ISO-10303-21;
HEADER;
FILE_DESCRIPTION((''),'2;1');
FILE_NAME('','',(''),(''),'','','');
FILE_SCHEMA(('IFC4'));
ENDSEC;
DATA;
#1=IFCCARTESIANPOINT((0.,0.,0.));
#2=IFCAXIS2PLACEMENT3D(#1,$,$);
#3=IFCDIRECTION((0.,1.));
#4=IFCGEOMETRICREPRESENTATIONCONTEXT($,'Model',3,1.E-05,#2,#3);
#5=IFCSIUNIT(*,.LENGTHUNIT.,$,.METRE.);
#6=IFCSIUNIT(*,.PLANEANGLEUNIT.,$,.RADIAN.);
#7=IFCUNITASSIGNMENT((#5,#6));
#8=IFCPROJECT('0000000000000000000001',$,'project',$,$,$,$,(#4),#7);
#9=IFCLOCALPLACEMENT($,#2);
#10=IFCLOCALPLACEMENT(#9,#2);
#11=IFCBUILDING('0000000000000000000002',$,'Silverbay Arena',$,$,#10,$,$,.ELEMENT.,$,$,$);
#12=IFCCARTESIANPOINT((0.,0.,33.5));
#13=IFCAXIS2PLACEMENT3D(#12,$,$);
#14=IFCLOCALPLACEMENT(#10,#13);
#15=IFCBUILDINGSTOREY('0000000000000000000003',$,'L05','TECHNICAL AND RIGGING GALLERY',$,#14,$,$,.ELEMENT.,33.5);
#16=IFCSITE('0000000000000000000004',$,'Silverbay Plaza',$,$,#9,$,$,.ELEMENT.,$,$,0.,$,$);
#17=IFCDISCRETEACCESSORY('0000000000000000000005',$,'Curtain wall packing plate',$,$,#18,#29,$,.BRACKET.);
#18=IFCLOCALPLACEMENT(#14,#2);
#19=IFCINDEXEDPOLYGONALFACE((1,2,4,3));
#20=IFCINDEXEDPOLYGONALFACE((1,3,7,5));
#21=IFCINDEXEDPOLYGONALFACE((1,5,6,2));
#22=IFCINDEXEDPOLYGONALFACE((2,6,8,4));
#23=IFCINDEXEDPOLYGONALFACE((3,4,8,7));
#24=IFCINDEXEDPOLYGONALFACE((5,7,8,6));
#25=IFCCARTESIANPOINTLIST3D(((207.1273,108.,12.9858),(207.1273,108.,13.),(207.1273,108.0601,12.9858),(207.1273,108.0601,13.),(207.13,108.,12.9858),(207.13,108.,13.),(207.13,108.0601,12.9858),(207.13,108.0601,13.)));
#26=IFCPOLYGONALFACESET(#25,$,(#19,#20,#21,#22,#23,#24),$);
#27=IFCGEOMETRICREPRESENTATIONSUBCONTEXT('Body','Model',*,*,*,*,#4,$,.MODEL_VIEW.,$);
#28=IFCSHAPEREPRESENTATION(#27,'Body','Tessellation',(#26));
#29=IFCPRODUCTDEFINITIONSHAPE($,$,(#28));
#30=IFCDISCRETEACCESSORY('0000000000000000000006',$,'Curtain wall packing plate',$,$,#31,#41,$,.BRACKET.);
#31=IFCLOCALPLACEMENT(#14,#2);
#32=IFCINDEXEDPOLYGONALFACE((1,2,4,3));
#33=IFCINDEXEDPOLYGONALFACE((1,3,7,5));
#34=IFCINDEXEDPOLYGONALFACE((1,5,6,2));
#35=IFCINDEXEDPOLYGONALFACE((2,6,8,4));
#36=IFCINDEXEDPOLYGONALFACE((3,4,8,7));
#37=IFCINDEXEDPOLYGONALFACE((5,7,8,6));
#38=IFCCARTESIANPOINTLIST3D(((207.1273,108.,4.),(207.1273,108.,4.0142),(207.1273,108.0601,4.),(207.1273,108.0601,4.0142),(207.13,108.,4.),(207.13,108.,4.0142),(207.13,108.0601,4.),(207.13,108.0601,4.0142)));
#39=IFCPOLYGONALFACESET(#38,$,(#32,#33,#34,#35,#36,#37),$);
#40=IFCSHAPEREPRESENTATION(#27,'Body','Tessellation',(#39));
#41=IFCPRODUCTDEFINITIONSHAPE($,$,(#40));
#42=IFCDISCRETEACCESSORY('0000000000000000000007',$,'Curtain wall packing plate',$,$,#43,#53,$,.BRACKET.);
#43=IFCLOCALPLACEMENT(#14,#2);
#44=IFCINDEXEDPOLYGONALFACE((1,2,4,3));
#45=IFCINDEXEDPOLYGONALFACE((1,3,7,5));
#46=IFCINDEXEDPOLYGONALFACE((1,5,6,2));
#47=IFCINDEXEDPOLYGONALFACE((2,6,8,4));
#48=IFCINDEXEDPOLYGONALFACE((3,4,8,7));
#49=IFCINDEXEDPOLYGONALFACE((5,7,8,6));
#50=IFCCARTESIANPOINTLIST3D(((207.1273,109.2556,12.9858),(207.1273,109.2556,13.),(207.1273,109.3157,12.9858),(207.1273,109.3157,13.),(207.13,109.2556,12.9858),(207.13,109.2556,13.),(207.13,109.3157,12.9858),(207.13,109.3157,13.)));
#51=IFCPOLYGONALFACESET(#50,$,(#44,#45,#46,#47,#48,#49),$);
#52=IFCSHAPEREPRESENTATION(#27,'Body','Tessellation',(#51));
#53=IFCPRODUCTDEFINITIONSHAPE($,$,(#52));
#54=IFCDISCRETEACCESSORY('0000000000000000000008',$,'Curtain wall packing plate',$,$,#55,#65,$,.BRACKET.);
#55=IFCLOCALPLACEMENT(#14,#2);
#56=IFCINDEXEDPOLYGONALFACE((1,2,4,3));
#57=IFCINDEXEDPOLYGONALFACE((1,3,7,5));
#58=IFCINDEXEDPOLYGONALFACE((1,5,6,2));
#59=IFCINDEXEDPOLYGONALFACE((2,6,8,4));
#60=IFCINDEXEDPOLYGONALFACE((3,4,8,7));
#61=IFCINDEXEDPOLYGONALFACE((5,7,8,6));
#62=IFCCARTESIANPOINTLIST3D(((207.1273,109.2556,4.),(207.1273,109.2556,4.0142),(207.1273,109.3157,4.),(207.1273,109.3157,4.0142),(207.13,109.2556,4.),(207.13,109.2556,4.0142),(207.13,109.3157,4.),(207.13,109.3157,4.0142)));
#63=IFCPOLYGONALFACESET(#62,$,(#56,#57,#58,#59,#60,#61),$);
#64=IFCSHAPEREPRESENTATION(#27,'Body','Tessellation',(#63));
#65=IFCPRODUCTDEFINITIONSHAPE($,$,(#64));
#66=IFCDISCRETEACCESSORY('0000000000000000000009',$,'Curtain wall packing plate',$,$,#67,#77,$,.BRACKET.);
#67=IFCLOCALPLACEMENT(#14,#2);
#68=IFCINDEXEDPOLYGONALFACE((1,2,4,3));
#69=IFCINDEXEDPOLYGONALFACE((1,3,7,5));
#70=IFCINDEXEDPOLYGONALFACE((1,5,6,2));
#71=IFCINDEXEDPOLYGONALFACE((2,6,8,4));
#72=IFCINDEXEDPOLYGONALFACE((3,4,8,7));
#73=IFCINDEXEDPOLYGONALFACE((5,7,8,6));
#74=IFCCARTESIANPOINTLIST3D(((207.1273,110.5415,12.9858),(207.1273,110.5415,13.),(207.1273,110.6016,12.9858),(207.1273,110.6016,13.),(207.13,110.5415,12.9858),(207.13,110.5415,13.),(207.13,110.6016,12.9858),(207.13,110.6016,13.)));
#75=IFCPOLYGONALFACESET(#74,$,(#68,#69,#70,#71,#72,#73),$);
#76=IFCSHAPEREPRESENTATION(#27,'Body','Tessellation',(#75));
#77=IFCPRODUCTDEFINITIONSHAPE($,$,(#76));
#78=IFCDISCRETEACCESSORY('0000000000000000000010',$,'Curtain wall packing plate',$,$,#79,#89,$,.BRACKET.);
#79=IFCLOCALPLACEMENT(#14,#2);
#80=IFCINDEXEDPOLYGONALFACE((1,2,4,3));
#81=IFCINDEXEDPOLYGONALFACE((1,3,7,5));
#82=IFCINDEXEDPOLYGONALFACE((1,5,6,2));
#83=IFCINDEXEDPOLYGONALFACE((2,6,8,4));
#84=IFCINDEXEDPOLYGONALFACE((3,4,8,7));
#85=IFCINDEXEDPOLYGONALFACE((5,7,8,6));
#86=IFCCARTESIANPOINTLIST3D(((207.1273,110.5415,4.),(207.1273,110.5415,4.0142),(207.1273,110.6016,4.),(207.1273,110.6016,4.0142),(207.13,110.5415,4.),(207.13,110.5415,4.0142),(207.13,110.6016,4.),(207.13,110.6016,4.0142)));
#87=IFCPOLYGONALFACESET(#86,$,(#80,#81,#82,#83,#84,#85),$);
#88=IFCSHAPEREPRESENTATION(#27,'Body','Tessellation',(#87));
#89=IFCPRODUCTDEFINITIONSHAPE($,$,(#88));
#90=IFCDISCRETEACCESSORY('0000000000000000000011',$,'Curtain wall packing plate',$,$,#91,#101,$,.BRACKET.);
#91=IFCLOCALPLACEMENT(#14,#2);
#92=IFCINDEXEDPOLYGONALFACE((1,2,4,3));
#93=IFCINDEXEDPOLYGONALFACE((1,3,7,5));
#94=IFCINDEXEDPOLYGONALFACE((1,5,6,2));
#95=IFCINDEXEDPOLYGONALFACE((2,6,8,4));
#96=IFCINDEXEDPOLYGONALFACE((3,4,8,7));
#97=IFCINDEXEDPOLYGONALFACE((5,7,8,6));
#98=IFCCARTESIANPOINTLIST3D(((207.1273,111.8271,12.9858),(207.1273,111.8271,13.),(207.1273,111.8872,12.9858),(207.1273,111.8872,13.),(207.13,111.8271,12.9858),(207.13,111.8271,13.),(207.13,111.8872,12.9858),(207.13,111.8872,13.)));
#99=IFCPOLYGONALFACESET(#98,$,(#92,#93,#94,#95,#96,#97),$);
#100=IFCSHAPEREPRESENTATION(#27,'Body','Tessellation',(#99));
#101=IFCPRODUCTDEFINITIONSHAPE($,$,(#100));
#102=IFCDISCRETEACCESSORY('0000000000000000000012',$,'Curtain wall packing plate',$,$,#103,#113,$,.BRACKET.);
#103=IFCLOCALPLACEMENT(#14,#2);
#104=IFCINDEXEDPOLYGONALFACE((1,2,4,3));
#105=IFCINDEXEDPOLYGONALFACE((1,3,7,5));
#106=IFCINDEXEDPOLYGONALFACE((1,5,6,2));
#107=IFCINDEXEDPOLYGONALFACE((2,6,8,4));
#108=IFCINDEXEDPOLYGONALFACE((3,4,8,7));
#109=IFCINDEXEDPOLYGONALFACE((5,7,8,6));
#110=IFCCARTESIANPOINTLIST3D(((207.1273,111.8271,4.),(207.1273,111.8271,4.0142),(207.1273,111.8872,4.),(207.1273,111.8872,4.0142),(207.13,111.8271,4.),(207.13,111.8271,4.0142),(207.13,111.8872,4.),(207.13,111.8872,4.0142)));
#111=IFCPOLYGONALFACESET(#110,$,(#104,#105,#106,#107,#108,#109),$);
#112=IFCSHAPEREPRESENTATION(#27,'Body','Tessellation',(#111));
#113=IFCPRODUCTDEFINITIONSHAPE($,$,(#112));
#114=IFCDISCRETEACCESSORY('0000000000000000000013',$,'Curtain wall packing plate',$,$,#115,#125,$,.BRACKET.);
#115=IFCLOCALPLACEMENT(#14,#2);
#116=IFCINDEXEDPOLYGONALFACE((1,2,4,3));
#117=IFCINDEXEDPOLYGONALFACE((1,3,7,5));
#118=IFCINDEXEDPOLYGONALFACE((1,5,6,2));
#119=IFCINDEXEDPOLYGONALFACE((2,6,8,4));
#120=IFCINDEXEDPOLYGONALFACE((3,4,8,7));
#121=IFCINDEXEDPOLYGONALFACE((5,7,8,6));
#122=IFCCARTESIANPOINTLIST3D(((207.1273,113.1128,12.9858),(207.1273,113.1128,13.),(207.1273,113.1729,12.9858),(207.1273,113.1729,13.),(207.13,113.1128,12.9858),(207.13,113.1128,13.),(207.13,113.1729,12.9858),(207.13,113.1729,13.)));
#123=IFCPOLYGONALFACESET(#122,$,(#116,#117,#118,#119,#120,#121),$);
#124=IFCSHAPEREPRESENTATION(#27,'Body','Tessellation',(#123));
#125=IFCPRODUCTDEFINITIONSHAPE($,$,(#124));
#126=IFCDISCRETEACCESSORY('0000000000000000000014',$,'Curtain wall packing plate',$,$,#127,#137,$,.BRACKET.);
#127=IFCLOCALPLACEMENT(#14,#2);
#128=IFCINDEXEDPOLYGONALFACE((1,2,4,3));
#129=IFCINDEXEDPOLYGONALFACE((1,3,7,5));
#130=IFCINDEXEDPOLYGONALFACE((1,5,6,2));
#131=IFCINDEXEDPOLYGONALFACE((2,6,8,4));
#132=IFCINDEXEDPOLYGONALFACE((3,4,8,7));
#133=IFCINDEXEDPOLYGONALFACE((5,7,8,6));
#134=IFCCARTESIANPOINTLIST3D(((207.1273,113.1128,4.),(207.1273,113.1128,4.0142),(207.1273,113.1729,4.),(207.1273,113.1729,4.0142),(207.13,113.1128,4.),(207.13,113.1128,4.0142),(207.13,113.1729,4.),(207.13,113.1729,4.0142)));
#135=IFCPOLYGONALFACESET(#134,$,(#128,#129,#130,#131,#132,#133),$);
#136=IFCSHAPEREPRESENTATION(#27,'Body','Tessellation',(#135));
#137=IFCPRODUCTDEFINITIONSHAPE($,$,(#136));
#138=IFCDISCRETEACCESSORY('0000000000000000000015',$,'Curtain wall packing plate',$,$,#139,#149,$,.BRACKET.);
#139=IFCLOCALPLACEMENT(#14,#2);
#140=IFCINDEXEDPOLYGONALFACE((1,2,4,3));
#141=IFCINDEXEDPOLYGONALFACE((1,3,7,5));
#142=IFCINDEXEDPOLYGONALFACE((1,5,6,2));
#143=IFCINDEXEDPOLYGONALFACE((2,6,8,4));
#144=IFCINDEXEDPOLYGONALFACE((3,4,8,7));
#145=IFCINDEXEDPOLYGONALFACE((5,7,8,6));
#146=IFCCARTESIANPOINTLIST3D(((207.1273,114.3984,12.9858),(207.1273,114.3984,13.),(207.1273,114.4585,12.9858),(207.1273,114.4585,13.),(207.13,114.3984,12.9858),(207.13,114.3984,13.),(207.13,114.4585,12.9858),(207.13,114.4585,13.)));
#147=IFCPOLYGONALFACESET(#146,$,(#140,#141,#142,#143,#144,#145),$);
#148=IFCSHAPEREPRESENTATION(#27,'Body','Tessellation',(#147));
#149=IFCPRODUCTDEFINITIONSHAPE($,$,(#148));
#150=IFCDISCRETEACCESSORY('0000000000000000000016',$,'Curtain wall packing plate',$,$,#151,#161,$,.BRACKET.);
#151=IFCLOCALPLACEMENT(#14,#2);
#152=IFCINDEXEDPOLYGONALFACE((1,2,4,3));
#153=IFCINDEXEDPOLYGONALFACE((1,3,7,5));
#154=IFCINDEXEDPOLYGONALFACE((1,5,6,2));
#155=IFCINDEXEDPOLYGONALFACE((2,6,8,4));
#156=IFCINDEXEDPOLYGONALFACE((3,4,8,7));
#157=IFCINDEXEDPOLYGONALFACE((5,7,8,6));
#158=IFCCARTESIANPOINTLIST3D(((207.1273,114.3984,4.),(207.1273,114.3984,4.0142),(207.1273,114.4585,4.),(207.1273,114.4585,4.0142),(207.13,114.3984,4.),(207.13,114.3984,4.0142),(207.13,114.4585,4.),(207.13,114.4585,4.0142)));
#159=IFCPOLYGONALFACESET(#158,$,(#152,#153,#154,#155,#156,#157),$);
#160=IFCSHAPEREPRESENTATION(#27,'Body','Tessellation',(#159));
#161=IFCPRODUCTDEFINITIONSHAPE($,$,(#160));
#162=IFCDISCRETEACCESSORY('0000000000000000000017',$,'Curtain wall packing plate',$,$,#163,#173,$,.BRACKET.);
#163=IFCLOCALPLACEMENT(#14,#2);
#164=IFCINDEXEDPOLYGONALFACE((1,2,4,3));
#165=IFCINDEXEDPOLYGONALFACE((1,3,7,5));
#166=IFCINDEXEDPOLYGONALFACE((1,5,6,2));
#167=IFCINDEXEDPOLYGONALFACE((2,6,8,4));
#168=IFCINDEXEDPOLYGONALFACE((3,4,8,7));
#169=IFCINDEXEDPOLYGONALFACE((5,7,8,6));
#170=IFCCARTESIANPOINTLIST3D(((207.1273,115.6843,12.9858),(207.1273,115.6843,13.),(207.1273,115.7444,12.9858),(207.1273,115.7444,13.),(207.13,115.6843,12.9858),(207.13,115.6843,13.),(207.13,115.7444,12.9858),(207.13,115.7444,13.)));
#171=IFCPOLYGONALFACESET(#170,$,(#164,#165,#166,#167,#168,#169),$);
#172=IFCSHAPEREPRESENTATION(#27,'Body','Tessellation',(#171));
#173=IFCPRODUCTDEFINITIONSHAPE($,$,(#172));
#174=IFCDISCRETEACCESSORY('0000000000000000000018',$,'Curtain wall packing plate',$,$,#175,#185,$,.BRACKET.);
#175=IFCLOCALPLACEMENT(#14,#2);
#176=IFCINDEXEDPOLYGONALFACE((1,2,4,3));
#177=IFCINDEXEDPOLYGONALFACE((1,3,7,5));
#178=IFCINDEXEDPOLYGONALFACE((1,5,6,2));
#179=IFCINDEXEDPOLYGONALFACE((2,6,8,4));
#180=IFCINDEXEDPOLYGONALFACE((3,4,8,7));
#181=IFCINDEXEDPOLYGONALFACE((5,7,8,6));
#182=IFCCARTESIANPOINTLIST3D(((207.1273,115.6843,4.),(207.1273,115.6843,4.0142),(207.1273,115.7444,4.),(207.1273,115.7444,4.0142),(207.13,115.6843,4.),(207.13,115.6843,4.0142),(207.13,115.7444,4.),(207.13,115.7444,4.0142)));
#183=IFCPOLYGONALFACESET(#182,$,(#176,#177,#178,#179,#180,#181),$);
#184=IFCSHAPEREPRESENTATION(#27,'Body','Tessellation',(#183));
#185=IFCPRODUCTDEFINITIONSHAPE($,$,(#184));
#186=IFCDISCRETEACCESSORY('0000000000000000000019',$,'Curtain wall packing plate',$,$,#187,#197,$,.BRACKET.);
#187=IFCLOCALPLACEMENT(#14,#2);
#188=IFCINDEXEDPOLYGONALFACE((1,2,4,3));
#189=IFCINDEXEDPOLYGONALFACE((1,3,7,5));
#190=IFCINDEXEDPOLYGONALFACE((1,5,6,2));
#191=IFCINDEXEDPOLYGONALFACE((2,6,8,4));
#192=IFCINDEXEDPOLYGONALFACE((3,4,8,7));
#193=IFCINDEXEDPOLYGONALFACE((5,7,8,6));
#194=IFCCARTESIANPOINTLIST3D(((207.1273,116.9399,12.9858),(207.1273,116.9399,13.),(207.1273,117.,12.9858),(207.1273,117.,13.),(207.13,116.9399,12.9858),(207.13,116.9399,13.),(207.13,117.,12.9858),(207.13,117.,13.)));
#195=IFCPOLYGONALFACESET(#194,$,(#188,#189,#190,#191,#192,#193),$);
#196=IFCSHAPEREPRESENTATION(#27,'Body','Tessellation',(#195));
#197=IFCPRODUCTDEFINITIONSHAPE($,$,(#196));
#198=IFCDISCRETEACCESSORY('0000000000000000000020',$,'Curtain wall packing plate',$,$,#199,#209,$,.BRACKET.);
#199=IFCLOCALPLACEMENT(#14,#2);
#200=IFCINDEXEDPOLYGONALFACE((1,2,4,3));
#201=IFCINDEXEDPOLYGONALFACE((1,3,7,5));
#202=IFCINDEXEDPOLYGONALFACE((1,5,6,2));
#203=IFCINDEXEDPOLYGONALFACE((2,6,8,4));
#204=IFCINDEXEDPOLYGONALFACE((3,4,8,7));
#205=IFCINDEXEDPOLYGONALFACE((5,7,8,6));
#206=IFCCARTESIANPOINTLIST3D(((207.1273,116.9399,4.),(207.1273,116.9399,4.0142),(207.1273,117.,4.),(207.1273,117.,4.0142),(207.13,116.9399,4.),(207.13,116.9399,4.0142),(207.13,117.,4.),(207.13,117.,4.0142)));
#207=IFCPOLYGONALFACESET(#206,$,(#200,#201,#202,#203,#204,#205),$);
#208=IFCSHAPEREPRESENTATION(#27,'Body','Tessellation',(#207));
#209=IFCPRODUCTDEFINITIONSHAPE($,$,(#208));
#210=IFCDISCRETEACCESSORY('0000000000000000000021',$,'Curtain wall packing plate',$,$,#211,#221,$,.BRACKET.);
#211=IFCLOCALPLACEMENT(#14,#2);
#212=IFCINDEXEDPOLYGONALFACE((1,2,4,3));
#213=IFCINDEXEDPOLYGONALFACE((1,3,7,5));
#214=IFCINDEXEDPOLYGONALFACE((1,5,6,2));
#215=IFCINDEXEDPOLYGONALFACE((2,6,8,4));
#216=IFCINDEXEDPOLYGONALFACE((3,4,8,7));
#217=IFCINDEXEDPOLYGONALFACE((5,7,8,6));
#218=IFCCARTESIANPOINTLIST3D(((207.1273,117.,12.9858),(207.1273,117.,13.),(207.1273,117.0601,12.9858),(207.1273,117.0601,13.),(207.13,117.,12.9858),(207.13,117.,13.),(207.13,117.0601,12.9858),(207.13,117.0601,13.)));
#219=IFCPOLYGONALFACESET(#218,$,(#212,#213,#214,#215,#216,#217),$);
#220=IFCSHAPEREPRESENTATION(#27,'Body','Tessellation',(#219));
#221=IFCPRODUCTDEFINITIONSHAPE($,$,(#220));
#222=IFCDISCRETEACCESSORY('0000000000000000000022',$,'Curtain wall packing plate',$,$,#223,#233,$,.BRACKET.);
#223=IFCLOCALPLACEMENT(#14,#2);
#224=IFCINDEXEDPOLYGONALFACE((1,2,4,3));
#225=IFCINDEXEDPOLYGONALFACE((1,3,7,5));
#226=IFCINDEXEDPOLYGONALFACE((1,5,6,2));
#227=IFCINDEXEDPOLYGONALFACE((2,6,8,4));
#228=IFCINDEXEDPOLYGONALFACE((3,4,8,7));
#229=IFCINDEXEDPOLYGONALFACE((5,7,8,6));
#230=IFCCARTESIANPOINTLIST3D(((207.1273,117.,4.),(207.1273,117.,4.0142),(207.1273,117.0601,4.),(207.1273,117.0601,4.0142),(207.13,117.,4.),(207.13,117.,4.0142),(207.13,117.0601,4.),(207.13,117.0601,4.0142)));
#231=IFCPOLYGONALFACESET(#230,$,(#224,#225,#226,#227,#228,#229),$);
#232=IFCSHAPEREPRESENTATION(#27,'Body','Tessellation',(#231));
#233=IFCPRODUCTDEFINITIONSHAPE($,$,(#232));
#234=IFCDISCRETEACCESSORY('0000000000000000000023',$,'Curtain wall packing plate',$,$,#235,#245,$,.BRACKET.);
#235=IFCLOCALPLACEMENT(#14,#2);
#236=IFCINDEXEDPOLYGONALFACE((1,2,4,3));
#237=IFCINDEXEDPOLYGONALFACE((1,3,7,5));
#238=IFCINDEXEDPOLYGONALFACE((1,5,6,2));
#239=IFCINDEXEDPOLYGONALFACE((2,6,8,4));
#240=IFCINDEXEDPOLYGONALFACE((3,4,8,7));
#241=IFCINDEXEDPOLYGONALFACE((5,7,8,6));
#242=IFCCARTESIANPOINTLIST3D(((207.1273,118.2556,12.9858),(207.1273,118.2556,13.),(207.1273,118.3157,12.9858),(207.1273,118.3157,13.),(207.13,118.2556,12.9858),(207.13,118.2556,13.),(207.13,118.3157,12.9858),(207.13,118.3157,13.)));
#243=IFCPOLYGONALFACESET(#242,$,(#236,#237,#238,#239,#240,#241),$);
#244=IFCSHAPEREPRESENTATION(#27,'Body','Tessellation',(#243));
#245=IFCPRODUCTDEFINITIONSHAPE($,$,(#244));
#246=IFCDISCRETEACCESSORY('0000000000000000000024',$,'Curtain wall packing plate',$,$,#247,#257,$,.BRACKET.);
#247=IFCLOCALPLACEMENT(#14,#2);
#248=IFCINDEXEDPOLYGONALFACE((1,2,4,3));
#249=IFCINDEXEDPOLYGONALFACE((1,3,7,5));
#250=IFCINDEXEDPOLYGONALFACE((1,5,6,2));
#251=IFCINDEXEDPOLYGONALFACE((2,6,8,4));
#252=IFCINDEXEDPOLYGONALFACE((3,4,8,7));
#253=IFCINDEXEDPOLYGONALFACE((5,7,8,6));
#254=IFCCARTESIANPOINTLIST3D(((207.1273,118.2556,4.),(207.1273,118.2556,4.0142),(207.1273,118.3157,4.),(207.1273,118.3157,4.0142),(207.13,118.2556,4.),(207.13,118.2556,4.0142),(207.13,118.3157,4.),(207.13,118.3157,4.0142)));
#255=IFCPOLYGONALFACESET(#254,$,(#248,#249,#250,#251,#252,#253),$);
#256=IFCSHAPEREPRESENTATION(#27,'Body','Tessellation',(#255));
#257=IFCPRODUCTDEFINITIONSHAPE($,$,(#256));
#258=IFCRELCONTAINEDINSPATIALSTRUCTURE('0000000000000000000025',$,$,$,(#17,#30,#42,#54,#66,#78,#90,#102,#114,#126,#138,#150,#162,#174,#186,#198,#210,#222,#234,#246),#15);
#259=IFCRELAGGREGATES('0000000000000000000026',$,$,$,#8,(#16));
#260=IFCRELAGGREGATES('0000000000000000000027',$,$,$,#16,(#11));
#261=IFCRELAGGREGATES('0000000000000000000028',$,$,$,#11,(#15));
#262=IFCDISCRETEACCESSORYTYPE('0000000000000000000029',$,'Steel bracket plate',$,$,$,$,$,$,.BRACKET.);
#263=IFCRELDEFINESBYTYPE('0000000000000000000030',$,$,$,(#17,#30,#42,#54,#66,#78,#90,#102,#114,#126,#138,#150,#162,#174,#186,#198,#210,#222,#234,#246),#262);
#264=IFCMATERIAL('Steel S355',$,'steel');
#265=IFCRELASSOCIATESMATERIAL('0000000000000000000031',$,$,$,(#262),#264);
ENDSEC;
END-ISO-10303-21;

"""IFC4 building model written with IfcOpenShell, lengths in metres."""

from ifc_helpers import new_model, si_unit, direction, frame, origin, origin_2d, place, context, subcontext, project, spatial, rectangle, extrude, material, type_object, element, save


model = new_model("IFC4")

# Units and contexts
model_context = context("Model", 3, precision=1e-05, world=origin(), true_north=direction((0.0, 1.0)))
body_context = subcontext(model_context, "Body", "Model", "MODEL_VIEW")
ifc_project = project(units=[si_unit("LENGTHUNIT", "METRE"), si_unit("PLANEANGLEUNIT", "RADIAN")], contexts=[model_context])

# Site, building, storey
site_placement = place(None, origin())
site = spatial("IfcSite", under=ifc_project, at=site_placement, Name="Silverbay Plaza", CompositionType="ELEMENT", RefElevation=0.0)
building_placement = place(site_placement, origin())
building = spatial("IfcBuilding", under=site, at=building_placement, Name="Silverbay Arena", CompositionType="ELEMENT")
storey_placement = place(building_placement, frame((0.0, 0.0, 33.5)))
storey = spatial("IfcBuildingStorey", under=building, at=storey_placement, Name="L05", Description="TECHNICAL AND RIGGING GALLERY", CompositionType="ELEMENT", Elevation=33.5)

# Discrete accessories
ifc_material_1 = material(Name="Steel S355", Category="steel")
discrete_accessory_type = type_object("IfcDiscreteAccessoryType", Name="Steel bracket plate", PredefinedType="BRACKET", material=ifc_material_1)
for number, where, z_axis, x_axis, name in (
    (1, (207.1287, 108.03, 12.9858), (0.0, 0.0, 1.0), (1.0, 0.0, 0.0), "Curtain wall packing plate"),
    (2, (207.1287, 108.03, 4.0), (0.0, 0.0, 1.0), (1.0, 0.0, 0.0), "Curtain wall packing plate"),
    (3, (207.1287, 109.2856, 12.9858), (0.0, 0.0, 1.0), (1.0, 0.0, 0.0), "Curtain wall packing plate"),
    (4, (207.1287, 109.2856, 4.0), (0.0, 0.0, 1.0), (1.0, 0.0, 0.0), "Curtain wall packing plate"),
    (5, (207.1287, 110.5715, 12.9858), (0.0, 0.0, 1.0), (1.0, 0.0, 0.0), "Curtain wall packing plate"),
    (6, (207.1287, 110.5715, 4.0), (0.0, 0.0, 1.0), (1.0, 0.0, 0.0), "Curtain wall packing plate"),
    (7, (207.1287, 111.8572, 12.9858), (0.0, 0.0, 1.0), (1.0, 0.0, 0.0), "Curtain wall packing plate"),
    (8, (207.1287, 111.8572, 4.0), (0.0, 0.0, 1.0), (1.0, 0.0, 0.0), "Curtain wall packing plate"),
    (9, (207.1287, 113.1428, 12.9858), (0.0, 0.0, 1.0), (1.0, 0.0, 0.0), "Curtain wall packing plate"),
    (10, (207.1287, 113.1428, 4.0), (0.0, 0.0, 1.0), (1.0, 0.0, 0.0), "Curtain wall packing plate"),
    (11, (207.1287, 114.4285, 12.9858), (0.0, 0.0, 1.0), (1.0, 0.0, 0.0), "Curtain wall packing plate"),
    (12, (207.1287, 114.4285, 4.0), (0.0, 0.0, 1.0), (1.0, 0.0, 0.0), "Curtain wall packing plate"),
    (13, (207.1287, 115.7144, 12.9858), (0.0, 0.0, 1.0), (1.0, 0.0, 0.0), "Curtain wall packing plate"),
    (14, (207.1287, 115.7144, 4.0), (0.0, 0.0, 1.0), (1.0, 0.0, 0.0), "Curtain wall packing plate"),
    (15, (207.1287, 116.97, 12.9858), (0.0, 0.0, 1.0), (1.0, 0.0, 0.0), "Curtain wall packing plate"),
    (16, (207.1287, 116.97, 4.0), (0.0, 0.0, 1.0), (1.0, 0.0, 0.0), "Curtain wall packing plate"),
    (17, (207.1287, 117.03, 12.9858), (0.0, 0.0, 1.0), (1.0, 0.0, 0.0), "Curtain wall packing plate"),
    (18, (207.1287, 117.03, 4.0), (0.0, 0.0, 1.0), (1.0, 0.0, 0.0), "Curtain wall packing plate"),
    (19, (207.1287, 118.2856, 12.9858), (0.0, 0.0, 1.0), (1.0, 0.0, 0.0), "Curtain wall packing plate"),
    (20, (207.1287, 118.2856, 4.0), (0.0, 0.0, 1.0), (1.0, 0.0, 0.0), "Curtain wall packing plate"),
):
    element("IfcDiscreteAccessory", number, at=place(storey_placement, frame(where, z_axis=z_axis, x_axis=x_axis)), inside=storey, type_object=discrete_accessory_type, Name=name, PredefinedType="BRACKET", context=body_context, shape_type="SweptSolid", body=[
        extrude(rectangle(XDim=0.0027, YDim=0.0601, at=origin_2d()), origin(), (0.0, 0.0, 1.0), 0.0142),
    ])

save(model, "model.ifc")
